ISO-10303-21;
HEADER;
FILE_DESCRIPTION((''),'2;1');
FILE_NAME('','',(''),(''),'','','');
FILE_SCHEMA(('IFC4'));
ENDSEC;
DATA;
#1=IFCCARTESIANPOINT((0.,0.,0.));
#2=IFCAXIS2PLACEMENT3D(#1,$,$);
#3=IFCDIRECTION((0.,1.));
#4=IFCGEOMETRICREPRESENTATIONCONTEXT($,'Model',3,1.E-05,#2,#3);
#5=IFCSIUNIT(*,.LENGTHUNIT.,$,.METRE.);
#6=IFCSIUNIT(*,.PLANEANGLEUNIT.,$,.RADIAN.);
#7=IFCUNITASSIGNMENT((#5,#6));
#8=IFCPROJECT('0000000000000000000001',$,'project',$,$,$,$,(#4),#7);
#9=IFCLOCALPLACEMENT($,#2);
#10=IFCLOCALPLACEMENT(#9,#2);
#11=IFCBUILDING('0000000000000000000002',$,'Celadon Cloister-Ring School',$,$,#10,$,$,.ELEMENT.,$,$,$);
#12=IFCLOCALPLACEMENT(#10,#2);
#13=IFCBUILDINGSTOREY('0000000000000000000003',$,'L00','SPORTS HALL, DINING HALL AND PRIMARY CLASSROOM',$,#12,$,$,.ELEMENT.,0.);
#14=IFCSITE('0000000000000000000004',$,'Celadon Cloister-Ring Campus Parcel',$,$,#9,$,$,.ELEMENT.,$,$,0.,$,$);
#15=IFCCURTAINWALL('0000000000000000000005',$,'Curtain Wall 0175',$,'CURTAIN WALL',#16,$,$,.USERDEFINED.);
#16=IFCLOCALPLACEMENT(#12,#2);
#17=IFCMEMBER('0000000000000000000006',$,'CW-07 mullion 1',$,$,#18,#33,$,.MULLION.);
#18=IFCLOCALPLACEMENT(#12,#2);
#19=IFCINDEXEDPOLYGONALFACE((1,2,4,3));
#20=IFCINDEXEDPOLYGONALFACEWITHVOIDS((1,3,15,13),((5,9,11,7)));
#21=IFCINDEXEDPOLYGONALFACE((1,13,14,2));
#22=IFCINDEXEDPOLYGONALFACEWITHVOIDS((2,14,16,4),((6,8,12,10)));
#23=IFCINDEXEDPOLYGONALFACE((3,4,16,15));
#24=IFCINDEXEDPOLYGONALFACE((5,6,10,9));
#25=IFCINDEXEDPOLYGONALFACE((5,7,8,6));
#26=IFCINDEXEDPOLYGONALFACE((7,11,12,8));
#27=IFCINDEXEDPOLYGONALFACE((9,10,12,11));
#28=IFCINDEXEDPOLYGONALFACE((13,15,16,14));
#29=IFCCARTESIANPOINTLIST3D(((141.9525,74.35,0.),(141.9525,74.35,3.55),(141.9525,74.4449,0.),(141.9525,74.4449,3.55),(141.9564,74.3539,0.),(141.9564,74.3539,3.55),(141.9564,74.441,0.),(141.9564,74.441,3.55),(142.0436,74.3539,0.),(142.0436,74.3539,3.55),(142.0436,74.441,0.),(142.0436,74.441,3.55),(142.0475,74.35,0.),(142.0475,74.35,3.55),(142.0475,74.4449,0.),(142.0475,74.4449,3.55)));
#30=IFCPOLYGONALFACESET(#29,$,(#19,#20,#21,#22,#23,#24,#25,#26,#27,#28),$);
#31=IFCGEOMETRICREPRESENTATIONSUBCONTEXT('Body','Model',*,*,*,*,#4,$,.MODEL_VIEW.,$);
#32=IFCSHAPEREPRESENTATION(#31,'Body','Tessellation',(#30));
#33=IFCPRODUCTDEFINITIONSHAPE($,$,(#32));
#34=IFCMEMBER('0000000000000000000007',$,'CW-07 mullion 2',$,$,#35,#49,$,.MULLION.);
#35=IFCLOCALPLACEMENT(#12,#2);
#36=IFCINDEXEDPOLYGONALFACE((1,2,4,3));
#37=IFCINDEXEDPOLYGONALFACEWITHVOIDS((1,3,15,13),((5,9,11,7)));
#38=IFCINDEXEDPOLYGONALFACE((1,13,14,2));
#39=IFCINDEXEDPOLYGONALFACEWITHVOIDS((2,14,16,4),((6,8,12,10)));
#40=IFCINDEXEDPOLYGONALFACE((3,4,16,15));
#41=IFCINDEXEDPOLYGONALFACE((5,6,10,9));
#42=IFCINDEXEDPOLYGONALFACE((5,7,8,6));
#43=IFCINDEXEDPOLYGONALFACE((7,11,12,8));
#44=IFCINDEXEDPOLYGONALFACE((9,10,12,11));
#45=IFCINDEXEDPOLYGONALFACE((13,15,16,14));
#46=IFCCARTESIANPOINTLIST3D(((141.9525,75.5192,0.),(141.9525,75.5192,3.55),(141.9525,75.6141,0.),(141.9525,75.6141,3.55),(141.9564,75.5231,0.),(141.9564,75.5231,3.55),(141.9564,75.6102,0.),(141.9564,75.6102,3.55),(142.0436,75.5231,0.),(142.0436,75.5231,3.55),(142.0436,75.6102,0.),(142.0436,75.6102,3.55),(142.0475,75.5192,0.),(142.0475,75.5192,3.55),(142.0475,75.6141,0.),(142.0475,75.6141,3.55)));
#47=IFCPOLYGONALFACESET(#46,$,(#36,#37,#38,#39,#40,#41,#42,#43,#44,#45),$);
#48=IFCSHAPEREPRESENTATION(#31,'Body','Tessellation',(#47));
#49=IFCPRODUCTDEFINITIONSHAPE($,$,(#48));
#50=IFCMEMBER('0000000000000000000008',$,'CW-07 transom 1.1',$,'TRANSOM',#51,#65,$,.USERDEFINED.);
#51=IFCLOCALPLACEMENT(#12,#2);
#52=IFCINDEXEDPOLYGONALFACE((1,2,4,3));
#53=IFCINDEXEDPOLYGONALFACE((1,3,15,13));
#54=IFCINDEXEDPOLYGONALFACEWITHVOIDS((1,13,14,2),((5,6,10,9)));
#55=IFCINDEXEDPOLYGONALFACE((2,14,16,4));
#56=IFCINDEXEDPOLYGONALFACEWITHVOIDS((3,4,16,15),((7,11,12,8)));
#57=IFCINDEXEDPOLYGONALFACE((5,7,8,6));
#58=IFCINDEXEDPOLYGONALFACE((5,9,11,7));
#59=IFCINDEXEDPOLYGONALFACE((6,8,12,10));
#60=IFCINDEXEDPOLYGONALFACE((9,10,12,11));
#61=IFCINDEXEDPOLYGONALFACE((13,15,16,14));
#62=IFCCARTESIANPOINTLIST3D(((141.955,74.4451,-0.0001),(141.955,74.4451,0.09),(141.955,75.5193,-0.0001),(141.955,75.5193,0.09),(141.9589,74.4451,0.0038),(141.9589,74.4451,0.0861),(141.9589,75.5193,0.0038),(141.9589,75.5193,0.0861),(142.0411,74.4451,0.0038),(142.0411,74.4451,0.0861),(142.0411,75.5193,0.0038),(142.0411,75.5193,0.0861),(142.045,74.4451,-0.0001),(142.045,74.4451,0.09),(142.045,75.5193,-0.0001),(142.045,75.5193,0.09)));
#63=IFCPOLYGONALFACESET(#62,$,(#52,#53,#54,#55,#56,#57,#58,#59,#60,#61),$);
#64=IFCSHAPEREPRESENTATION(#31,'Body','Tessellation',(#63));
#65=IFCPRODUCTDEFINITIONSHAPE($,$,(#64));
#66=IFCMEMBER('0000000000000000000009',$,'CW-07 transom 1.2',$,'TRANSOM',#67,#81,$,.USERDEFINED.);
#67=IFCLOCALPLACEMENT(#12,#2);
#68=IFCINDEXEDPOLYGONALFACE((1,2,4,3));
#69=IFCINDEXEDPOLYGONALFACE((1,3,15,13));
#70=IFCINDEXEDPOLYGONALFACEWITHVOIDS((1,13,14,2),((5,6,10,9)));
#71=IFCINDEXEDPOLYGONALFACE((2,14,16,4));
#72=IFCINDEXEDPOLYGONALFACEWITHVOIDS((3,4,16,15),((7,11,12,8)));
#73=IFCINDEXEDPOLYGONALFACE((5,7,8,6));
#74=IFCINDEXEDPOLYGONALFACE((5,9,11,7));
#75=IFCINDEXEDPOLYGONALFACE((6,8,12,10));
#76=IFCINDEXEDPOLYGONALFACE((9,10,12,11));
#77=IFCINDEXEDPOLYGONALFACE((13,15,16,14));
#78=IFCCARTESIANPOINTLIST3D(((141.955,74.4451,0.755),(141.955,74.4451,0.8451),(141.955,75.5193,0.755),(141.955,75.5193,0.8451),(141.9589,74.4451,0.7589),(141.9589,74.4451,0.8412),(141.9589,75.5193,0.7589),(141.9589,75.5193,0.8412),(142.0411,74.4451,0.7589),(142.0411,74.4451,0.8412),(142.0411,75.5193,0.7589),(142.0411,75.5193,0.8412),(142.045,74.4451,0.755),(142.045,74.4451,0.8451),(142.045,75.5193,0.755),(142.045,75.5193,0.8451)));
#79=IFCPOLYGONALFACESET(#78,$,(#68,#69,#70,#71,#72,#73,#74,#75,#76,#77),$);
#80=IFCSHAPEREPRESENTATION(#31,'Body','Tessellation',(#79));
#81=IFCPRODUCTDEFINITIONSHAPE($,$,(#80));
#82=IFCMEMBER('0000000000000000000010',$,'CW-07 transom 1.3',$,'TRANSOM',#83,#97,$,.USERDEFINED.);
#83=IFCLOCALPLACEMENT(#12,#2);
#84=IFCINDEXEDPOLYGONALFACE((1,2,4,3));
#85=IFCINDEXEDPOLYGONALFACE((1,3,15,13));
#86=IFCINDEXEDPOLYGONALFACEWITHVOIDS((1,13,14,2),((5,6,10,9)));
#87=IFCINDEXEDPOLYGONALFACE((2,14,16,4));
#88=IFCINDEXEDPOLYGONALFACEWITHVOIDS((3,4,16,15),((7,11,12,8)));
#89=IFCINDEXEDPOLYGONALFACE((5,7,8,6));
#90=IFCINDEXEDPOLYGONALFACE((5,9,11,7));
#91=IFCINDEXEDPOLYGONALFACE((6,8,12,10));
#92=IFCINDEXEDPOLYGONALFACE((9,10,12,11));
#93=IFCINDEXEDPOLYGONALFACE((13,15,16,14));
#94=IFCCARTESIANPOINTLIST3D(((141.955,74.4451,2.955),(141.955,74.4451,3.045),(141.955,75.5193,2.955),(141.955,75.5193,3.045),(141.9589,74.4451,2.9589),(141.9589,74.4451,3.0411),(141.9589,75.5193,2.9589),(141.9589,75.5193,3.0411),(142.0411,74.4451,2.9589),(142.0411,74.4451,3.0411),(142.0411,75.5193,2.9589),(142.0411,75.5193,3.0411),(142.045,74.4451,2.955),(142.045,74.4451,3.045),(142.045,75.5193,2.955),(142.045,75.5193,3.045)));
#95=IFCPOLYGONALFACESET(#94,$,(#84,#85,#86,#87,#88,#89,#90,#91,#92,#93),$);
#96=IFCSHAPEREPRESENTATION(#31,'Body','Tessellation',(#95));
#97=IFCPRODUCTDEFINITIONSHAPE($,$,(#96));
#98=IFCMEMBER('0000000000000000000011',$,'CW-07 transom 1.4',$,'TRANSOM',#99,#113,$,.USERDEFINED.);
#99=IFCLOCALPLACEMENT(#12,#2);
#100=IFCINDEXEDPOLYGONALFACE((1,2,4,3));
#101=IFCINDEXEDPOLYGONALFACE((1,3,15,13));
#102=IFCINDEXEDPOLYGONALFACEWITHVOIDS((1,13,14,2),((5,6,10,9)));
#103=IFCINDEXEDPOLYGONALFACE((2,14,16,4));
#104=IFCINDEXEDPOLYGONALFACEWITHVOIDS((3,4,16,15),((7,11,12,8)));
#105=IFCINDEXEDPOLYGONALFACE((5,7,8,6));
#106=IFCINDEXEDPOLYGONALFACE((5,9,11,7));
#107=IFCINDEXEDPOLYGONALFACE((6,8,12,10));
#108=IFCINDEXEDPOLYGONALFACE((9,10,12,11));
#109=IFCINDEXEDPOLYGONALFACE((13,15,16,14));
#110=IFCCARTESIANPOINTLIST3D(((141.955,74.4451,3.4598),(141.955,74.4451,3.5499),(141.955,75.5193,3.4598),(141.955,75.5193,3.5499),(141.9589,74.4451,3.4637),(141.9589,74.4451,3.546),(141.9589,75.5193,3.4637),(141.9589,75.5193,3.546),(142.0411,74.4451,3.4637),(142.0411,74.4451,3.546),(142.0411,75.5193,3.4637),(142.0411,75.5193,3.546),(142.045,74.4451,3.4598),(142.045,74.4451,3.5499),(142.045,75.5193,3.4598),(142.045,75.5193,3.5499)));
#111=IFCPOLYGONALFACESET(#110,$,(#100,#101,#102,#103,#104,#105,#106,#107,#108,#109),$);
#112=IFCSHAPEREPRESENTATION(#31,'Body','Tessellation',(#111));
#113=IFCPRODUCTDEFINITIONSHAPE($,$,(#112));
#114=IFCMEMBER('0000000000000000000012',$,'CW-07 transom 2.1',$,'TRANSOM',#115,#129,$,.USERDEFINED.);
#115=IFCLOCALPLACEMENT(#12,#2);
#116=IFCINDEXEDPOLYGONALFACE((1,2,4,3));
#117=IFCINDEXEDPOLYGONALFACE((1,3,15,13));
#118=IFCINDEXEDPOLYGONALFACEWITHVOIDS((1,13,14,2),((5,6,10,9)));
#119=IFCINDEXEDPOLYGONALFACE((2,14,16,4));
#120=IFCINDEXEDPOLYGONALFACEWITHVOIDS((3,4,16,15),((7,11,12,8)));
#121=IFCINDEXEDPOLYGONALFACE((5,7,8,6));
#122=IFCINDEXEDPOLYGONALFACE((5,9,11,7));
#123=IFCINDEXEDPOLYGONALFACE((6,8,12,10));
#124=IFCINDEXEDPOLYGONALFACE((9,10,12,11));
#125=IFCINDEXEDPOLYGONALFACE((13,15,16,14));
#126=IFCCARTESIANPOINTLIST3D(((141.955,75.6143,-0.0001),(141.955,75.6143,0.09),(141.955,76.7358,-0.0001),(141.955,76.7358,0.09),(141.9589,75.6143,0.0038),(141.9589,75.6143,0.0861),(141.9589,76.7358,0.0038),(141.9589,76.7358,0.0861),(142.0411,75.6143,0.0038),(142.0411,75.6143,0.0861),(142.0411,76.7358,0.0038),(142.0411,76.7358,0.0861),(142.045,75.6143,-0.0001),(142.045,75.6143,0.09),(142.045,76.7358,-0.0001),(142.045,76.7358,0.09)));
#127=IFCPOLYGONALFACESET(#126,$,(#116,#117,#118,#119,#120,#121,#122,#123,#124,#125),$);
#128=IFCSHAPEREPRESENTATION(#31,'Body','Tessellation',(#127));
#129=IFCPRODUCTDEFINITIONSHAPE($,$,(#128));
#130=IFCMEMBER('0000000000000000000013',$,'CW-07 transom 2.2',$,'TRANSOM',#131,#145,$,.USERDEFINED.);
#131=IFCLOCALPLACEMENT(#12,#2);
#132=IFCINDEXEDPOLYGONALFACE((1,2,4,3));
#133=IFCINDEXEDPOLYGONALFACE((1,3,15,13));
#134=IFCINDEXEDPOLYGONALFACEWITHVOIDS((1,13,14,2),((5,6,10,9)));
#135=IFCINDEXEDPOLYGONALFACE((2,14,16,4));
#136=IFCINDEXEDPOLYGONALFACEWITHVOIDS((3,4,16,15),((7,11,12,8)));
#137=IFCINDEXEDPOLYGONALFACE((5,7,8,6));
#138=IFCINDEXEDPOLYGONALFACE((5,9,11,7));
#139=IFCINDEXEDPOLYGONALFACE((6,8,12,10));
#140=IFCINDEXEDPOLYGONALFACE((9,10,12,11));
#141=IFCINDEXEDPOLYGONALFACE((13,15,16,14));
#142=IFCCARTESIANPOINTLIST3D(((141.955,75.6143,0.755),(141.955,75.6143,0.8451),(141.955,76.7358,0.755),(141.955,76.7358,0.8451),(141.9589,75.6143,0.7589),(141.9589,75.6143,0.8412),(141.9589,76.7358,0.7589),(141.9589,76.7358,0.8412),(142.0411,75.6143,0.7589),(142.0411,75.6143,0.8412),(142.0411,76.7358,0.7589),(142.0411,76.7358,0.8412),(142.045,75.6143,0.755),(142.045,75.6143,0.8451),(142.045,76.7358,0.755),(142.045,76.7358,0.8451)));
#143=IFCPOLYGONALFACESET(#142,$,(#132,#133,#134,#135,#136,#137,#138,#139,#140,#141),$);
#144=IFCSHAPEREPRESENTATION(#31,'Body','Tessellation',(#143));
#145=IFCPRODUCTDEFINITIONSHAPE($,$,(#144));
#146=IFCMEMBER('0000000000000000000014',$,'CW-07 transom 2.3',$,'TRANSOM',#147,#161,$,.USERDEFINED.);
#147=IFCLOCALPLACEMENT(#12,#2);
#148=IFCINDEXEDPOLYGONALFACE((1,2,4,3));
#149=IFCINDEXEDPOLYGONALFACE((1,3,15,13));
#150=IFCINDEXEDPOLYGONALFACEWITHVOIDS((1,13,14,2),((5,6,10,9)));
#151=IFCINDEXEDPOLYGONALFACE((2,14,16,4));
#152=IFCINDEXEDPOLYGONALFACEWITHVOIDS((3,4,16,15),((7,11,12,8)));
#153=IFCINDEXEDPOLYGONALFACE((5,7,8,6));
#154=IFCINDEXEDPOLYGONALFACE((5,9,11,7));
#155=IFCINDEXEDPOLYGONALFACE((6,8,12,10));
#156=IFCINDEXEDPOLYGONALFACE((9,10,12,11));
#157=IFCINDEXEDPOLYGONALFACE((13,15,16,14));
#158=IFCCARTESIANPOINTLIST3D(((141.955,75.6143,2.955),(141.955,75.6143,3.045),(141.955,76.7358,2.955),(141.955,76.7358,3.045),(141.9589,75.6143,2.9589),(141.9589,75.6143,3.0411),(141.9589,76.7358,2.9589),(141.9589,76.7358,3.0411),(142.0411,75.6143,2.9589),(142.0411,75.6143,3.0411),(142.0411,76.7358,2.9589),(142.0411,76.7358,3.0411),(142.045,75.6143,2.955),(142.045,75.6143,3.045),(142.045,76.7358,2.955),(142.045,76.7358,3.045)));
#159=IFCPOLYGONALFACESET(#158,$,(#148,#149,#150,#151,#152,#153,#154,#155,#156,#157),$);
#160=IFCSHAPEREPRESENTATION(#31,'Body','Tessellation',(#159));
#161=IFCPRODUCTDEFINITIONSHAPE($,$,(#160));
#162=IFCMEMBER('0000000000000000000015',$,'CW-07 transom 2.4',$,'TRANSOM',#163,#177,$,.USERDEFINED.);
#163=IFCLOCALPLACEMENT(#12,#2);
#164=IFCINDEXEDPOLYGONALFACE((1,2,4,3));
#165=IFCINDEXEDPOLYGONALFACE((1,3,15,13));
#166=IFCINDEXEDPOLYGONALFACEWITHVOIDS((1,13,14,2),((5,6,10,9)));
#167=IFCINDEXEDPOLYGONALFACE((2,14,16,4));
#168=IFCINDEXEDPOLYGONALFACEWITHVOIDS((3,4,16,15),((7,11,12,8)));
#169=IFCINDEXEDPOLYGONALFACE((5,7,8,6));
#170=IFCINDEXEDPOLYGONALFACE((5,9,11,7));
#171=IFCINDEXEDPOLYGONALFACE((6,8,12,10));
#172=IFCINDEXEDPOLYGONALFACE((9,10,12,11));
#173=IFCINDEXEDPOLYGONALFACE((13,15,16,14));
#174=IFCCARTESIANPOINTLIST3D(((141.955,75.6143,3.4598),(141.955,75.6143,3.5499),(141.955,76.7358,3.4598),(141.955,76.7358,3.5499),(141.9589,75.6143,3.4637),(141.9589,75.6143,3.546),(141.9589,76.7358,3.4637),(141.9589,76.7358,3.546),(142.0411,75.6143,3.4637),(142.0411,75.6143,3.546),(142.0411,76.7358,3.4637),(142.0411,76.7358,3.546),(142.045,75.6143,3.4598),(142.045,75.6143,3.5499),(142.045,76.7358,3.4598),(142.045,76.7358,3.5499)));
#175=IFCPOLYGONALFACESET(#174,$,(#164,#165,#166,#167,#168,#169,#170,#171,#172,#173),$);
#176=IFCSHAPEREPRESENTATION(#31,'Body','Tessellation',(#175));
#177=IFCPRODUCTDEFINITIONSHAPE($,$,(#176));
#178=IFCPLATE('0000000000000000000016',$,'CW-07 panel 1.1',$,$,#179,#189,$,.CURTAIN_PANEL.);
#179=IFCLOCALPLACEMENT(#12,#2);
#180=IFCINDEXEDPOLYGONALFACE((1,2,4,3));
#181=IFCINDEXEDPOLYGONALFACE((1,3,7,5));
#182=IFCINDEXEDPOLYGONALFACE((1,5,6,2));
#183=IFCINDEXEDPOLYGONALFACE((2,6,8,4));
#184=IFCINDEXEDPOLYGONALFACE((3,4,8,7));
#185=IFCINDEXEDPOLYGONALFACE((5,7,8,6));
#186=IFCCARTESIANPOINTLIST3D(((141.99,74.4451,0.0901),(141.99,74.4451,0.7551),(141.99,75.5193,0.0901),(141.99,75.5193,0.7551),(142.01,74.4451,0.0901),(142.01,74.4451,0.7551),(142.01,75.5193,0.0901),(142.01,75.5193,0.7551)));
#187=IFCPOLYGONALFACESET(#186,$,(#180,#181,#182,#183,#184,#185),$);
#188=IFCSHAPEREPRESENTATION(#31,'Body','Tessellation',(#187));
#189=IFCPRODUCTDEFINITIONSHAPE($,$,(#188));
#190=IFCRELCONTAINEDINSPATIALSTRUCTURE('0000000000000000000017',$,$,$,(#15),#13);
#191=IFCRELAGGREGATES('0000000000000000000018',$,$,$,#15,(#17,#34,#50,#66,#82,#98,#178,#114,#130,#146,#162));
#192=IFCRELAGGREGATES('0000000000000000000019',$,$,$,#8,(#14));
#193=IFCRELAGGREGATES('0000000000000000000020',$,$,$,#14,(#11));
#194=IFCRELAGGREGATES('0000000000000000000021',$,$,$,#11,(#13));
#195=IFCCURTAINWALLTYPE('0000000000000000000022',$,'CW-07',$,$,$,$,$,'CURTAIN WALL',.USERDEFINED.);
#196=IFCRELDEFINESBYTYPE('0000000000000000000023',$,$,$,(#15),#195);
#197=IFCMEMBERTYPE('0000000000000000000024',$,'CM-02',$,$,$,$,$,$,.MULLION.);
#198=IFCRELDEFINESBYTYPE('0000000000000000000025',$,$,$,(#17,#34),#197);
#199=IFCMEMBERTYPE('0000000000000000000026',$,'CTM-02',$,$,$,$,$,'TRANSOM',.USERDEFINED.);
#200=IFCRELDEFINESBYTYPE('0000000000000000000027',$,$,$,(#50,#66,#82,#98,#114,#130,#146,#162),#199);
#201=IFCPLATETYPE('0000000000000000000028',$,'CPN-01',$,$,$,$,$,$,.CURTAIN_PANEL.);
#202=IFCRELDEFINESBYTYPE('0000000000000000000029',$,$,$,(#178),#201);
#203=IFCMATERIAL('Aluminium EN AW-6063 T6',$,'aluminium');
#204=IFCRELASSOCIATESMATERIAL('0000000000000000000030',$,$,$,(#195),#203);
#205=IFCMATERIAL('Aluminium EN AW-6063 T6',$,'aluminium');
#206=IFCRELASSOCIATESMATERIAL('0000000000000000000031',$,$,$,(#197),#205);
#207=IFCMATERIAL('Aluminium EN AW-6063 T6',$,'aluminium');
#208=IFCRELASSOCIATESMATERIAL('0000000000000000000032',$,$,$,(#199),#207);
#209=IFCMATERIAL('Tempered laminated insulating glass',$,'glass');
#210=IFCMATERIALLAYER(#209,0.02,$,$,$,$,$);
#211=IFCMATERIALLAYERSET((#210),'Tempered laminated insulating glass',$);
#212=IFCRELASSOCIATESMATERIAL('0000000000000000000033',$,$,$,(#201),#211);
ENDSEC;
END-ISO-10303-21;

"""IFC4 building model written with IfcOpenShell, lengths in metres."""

from ifc_helpers import new_model, si_unit, direction, frame, origin, origin_2d, place, context, subcontext, project, spatial, rectangle, hollow_rectangle, extrude, material, layer, layer_set, material_profile, profile_set, type_object, element, aggregate, save


model = new_model("IFC4")

# Units and contexts
model_context = context("Model", 3, precision=1e-05, world=origin(), true_north=direction((0.0, 1.0)))
body_context = subcontext(model_context, "Body", "Model", "MODEL_VIEW")
ifc_project = project(units=[si_unit("LENGTHUNIT", "METRE"), si_unit("PLANEANGLEUNIT", "RADIAN")], contexts=[model_context])

# Site, building, storey
site_placement = place(None, origin())
site = spatial("IfcSite", under=ifc_project, at=site_placement, Name="Celadon Cloister-Ring Campus Parcel", CompositionType="ELEMENT", RefElevation=0.0)
building_placement = place(site_placement, origin())
building = spatial("IfcBuilding", under=site, at=building_placement, Name="Celadon Cloister-Ring School", CompositionType="ELEMENT")
storey_placement = place(building_placement, origin())
storey = spatial("IfcBuildingStorey", under=building, at=storey_placement, Name="L00", Description="SPORTS HALL, DINING HALL AND PRIMARY CLASSROOM", CompositionType="ELEMENT", Elevation=0.0)

# Curtain wall, members, plate
ifc_material_1 = material(Name="Aluminium EN AW-6063 T6", Category="aluminium")
curtain_wall_type = type_object("IfcCurtainWallType", Name="CW-07", ElementType="CURTAIN WALL", PredefinedType="USERDEFINED", material=ifc_material_1)
curtain_wall_placement = place(storey_placement, origin())
curtain_wall = element("IfcCurtainWall", 1, at=curtain_wall_placement, inside=storey, type_object=curtain_wall_type, Name="Curtain Wall 0175", ObjectType="CURTAIN WALL", PredefinedType="USERDEFINED")
ifc_material_2 = material(Name="Aluminium EN AW-6063 T6", Category="aluminium")
ifc_material_profile_1 = material_profile(ifc_material_2, hollow_rectangle(XDim=0.095, YDim=0.095, WallThickness=0.0039, at=origin_2d()), Name="RHS95X95X4")
ifc_profile_set_1 = profile_set([ifc_material_profile_1], Name="Aluminium EN AW-6063 T6")
member_type_1 = type_object("IfcMemberType", Name="CM-02", PredefinedType="MULLION", material=ifc_profile_set_1)
member_1_placement = place(storey_placement, frame((142.0, 74.3975, 0.0), z_axis=(0.0, 0.0, 1.0), x_axis=(-1.0, 0.0, 0.0)))
member_1 = element("IfcMember", 2, at=member_1_placement, type_object=member_type_1, Name="CW-07 mullion 1", PredefinedType="MULLION", context=body_context, shape_type="SweptSolid", body=[
    extrude(hollow_rectangle(XDim=0.095, YDim=0.095, WallThickness=0.0039, at=origin_2d()), origin(), (0.0, 0.0, 1.0), 3.55),
])
member_2_placement = place(storey_placement, frame((142.0, 75.5667, 0.0), z_axis=(0.0, 0.0, 1.0), x_axis=(-1.0, 0.0, 0.0)))
member_2 = element("IfcMember", 3, at=member_2_placement, type_object=member_type_1, Name="CW-07 mullion 2", PredefinedType="MULLION", context=body_context, shape_type="SweptSolid", body=[
    extrude(hollow_rectangle(XDim=0.095, YDim=0.095, WallThickness=0.0039, at=origin_2d()), origin(), (0.0, 0.0, 1.0), 3.55),
])
ifc_material_3 = material(Name="Aluminium EN AW-6063 T6", Category="aluminium")
ifc_material_profile_2 = material_profile(ifc_material_3, hollow_rectangle(XDim=0.0901, YDim=0.0901, WallThickness=0.0039, at=origin_2d()), Name="RHS90X90X4")
ifc_profile_set_2 = profile_set([ifc_material_profile_2], Name="Aluminium EN AW-6063 T6")
member_type_2 = type_object("IfcMemberType", Name="CTM-02", ElementType="TRANSOM", PredefinedType="USERDEFINED", material=ifc_profile_set_2)
member_3_placement = place(storey_placement, frame((142.0, 74.4451, 0.0449), z_axis=(0.0, 1.0, 0.0), x_axis=(-1.0, 0.0, 0.0)))
member_3 = element("IfcMember", 4, at=member_3_placement, type_object=member_type_2, Name="CW-07 transom 1.1", ObjectType="TRANSOM", PredefinedType="USERDEFINED", context=body_context, shape_type="SweptSolid", body=[
    extrude(hollow_rectangle(XDim=0.0901, YDim=0.0901, WallThickness=0.0039, at=origin_2d()), origin(), (0.0, 0.0, 1.0), 1.0742),
])
member_4_placement = place(storey_placement, frame((142.0, 74.4451, 0.8), z_axis=(0.0, 1.0, 0.0), x_axis=(-1.0, 0.0, 0.0)))
member_4 = element("IfcMember", 5, at=member_4_placement, type_object=member_type_2, Name="CW-07 transom 1.2", ObjectType="TRANSOM", PredefinedType="USERDEFINED", context=body_context, shape_type="SweptSolid", body=[
    extrude(hollow_rectangle(XDim=0.0901, YDim=0.0901, WallThickness=0.0039, at=origin_2d()), origin(), (0.0, 0.0, 1.0), 1.0742),
])
member_5_placement = place(storey_placement, frame((142.0, 74.4451, 3.0), z_axis=(0.0, 1.0, 0.0), x_axis=(-1.0, 0.0, 0.0)))
member_5 = element("IfcMember", 6, at=member_5_placement, type_object=member_type_2, Name="CW-07 transom 1.3", ObjectType="TRANSOM", PredefinedType="USERDEFINED", context=body_context, shape_type="SweptSolid", body=[
    extrude(hollow_rectangle(XDim=0.0901, YDim=0.0901, WallThickness=0.0039, at=origin_2d()), origin(), (0.0, 0.0, 1.0), 1.0742),
])
member_6_placement = place(storey_placement, frame((142.0, 74.4451, 3.5049), z_axis=(0.0, 1.0, 0.0), x_axis=(-1.0, 0.0, 0.0)))
member_6 = element("IfcMember", 7, at=member_6_placement, type_object=member_type_2, Name="CW-07 transom 1.4", ObjectType="TRANSOM", PredefinedType="USERDEFINED", context=body_context, shape_type="SweptSolid", body=[
    extrude(hollow_rectangle(XDim=0.0901, YDim=0.0901, WallThickness=0.0039, at=origin_2d()), origin(), (0.0, 0.0, 1.0), 1.0742),
])
member_7_placement = place(storey_placement, frame((142.0, 75.6143, 0.0449), z_axis=(0.0, 1.0, 0.0), x_axis=(-1.0, 0.0, 0.0)))
member_7 = element("IfcMember", 8, at=member_7_placement, type_object=member_type_2, Name="CW-07 transom 2.1", ObjectType="TRANSOM", PredefinedType="USERDEFINED", context=body_context, shape_type="SweptSolid", body=[
    extrude(hollow_rectangle(XDim=0.0901, YDim=0.0901, WallThickness=0.0039, at=origin_2d()), origin(), (0.0, 0.0, 1.0), 1.1216),
])
member_8_placement = place(storey_placement, frame((142.0, 75.6143, 0.8), z_axis=(0.0, 1.0, 0.0), x_axis=(-1.0, 0.0, 0.0)))
member_8 = element("IfcMember", 9, at=member_8_placement, type_object=member_type_2, Name="CW-07 transom 2.2", ObjectType="TRANSOM", PredefinedType="USERDEFINED", context=body_context, shape_type="SweptSolid", body=[
    extrude(hollow_rectangle(XDim=0.0901, YDim=0.0901, WallThickness=0.0039, at=origin_2d()), origin(), (0.0, 0.0, 1.0), 1.1216),
])
member_9_placement = place(storey_placement, frame((142.0, 75.6143, 3.0), z_axis=(0.0, 1.0, 0.0), x_axis=(-1.0, 0.0, 0.0)))
member_9 = element("IfcMember", 10, at=member_9_placement, type_object=member_type_2, Name="CW-07 transom 2.3", ObjectType="TRANSOM", PredefinedType="USERDEFINED", context=body_context, shape_type="SweptSolid", body=[
    extrude(hollow_rectangle(XDim=0.0901, YDim=0.0901, WallThickness=0.0039, at=origin_2d()), origin(), (0.0, 0.0, 1.0), 1.1216),
])
member_10_placement = place(storey_placement, frame((142.0, 75.6143, 3.5049), z_axis=(0.0, 1.0, 0.0), x_axis=(-1.0, 0.0, 0.0)))
member_10 = element("IfcMember", 11, at=member_10_placement, type_object=member_type_2, Name="CW-07 transom 2.4", ObjectType="TRANSOM", PredefinedType="USERDEFINED", context=body_context, shape_type="SweptSolid", body=[
    extrude(hollow_rectangle(XDim=0.0901, YDim=0.0901, WallThickness=0.0039, at=origin_2d()), origin(), (0.0, 0.0, 1.0), 1.1216),
])
ifc_material_4 = material(Name="Tempered laminated insulating glass", Category="glass")
ifc_layer = layer(ifc_material_4, 0.02)
ifc_layer_set = layer_set([ifc_layer], Name="Tempered laminated insulating glass")
plate_type = type_object("IfcPlateType", Name="CPN-01", PredefinedType="CURTAIN_PANEL", material=ifc_layer_set)
plate_1_placement = place(storey_placement, frame((142.0, 74.9822, 0.0901), z_axis=(0.0, 0.0, 1.0), x_axis=(0.0, 1.0, 0.0)))
plate_1 = element("IfcPlate", 12, at=plate_1_placement, type_object=plate_type, Name="CW-07 panel 1.1", PredefinedType="CURTAIN_PANEL", context=body_context, shape_type="SweptSolid", body=[
    extrude(rectangle(XDim=1.0742, YDim=0.02, at=origin_2d()), origin(), (0.0, 0.0, 1.0), 0.665),
])
aggregate(curtain_wall, [member_1, member_2, member_3, member_4, member_5, member_6, plate_1, member_7, member_8, member_9, member_10])

save(model, "model.ifc")
